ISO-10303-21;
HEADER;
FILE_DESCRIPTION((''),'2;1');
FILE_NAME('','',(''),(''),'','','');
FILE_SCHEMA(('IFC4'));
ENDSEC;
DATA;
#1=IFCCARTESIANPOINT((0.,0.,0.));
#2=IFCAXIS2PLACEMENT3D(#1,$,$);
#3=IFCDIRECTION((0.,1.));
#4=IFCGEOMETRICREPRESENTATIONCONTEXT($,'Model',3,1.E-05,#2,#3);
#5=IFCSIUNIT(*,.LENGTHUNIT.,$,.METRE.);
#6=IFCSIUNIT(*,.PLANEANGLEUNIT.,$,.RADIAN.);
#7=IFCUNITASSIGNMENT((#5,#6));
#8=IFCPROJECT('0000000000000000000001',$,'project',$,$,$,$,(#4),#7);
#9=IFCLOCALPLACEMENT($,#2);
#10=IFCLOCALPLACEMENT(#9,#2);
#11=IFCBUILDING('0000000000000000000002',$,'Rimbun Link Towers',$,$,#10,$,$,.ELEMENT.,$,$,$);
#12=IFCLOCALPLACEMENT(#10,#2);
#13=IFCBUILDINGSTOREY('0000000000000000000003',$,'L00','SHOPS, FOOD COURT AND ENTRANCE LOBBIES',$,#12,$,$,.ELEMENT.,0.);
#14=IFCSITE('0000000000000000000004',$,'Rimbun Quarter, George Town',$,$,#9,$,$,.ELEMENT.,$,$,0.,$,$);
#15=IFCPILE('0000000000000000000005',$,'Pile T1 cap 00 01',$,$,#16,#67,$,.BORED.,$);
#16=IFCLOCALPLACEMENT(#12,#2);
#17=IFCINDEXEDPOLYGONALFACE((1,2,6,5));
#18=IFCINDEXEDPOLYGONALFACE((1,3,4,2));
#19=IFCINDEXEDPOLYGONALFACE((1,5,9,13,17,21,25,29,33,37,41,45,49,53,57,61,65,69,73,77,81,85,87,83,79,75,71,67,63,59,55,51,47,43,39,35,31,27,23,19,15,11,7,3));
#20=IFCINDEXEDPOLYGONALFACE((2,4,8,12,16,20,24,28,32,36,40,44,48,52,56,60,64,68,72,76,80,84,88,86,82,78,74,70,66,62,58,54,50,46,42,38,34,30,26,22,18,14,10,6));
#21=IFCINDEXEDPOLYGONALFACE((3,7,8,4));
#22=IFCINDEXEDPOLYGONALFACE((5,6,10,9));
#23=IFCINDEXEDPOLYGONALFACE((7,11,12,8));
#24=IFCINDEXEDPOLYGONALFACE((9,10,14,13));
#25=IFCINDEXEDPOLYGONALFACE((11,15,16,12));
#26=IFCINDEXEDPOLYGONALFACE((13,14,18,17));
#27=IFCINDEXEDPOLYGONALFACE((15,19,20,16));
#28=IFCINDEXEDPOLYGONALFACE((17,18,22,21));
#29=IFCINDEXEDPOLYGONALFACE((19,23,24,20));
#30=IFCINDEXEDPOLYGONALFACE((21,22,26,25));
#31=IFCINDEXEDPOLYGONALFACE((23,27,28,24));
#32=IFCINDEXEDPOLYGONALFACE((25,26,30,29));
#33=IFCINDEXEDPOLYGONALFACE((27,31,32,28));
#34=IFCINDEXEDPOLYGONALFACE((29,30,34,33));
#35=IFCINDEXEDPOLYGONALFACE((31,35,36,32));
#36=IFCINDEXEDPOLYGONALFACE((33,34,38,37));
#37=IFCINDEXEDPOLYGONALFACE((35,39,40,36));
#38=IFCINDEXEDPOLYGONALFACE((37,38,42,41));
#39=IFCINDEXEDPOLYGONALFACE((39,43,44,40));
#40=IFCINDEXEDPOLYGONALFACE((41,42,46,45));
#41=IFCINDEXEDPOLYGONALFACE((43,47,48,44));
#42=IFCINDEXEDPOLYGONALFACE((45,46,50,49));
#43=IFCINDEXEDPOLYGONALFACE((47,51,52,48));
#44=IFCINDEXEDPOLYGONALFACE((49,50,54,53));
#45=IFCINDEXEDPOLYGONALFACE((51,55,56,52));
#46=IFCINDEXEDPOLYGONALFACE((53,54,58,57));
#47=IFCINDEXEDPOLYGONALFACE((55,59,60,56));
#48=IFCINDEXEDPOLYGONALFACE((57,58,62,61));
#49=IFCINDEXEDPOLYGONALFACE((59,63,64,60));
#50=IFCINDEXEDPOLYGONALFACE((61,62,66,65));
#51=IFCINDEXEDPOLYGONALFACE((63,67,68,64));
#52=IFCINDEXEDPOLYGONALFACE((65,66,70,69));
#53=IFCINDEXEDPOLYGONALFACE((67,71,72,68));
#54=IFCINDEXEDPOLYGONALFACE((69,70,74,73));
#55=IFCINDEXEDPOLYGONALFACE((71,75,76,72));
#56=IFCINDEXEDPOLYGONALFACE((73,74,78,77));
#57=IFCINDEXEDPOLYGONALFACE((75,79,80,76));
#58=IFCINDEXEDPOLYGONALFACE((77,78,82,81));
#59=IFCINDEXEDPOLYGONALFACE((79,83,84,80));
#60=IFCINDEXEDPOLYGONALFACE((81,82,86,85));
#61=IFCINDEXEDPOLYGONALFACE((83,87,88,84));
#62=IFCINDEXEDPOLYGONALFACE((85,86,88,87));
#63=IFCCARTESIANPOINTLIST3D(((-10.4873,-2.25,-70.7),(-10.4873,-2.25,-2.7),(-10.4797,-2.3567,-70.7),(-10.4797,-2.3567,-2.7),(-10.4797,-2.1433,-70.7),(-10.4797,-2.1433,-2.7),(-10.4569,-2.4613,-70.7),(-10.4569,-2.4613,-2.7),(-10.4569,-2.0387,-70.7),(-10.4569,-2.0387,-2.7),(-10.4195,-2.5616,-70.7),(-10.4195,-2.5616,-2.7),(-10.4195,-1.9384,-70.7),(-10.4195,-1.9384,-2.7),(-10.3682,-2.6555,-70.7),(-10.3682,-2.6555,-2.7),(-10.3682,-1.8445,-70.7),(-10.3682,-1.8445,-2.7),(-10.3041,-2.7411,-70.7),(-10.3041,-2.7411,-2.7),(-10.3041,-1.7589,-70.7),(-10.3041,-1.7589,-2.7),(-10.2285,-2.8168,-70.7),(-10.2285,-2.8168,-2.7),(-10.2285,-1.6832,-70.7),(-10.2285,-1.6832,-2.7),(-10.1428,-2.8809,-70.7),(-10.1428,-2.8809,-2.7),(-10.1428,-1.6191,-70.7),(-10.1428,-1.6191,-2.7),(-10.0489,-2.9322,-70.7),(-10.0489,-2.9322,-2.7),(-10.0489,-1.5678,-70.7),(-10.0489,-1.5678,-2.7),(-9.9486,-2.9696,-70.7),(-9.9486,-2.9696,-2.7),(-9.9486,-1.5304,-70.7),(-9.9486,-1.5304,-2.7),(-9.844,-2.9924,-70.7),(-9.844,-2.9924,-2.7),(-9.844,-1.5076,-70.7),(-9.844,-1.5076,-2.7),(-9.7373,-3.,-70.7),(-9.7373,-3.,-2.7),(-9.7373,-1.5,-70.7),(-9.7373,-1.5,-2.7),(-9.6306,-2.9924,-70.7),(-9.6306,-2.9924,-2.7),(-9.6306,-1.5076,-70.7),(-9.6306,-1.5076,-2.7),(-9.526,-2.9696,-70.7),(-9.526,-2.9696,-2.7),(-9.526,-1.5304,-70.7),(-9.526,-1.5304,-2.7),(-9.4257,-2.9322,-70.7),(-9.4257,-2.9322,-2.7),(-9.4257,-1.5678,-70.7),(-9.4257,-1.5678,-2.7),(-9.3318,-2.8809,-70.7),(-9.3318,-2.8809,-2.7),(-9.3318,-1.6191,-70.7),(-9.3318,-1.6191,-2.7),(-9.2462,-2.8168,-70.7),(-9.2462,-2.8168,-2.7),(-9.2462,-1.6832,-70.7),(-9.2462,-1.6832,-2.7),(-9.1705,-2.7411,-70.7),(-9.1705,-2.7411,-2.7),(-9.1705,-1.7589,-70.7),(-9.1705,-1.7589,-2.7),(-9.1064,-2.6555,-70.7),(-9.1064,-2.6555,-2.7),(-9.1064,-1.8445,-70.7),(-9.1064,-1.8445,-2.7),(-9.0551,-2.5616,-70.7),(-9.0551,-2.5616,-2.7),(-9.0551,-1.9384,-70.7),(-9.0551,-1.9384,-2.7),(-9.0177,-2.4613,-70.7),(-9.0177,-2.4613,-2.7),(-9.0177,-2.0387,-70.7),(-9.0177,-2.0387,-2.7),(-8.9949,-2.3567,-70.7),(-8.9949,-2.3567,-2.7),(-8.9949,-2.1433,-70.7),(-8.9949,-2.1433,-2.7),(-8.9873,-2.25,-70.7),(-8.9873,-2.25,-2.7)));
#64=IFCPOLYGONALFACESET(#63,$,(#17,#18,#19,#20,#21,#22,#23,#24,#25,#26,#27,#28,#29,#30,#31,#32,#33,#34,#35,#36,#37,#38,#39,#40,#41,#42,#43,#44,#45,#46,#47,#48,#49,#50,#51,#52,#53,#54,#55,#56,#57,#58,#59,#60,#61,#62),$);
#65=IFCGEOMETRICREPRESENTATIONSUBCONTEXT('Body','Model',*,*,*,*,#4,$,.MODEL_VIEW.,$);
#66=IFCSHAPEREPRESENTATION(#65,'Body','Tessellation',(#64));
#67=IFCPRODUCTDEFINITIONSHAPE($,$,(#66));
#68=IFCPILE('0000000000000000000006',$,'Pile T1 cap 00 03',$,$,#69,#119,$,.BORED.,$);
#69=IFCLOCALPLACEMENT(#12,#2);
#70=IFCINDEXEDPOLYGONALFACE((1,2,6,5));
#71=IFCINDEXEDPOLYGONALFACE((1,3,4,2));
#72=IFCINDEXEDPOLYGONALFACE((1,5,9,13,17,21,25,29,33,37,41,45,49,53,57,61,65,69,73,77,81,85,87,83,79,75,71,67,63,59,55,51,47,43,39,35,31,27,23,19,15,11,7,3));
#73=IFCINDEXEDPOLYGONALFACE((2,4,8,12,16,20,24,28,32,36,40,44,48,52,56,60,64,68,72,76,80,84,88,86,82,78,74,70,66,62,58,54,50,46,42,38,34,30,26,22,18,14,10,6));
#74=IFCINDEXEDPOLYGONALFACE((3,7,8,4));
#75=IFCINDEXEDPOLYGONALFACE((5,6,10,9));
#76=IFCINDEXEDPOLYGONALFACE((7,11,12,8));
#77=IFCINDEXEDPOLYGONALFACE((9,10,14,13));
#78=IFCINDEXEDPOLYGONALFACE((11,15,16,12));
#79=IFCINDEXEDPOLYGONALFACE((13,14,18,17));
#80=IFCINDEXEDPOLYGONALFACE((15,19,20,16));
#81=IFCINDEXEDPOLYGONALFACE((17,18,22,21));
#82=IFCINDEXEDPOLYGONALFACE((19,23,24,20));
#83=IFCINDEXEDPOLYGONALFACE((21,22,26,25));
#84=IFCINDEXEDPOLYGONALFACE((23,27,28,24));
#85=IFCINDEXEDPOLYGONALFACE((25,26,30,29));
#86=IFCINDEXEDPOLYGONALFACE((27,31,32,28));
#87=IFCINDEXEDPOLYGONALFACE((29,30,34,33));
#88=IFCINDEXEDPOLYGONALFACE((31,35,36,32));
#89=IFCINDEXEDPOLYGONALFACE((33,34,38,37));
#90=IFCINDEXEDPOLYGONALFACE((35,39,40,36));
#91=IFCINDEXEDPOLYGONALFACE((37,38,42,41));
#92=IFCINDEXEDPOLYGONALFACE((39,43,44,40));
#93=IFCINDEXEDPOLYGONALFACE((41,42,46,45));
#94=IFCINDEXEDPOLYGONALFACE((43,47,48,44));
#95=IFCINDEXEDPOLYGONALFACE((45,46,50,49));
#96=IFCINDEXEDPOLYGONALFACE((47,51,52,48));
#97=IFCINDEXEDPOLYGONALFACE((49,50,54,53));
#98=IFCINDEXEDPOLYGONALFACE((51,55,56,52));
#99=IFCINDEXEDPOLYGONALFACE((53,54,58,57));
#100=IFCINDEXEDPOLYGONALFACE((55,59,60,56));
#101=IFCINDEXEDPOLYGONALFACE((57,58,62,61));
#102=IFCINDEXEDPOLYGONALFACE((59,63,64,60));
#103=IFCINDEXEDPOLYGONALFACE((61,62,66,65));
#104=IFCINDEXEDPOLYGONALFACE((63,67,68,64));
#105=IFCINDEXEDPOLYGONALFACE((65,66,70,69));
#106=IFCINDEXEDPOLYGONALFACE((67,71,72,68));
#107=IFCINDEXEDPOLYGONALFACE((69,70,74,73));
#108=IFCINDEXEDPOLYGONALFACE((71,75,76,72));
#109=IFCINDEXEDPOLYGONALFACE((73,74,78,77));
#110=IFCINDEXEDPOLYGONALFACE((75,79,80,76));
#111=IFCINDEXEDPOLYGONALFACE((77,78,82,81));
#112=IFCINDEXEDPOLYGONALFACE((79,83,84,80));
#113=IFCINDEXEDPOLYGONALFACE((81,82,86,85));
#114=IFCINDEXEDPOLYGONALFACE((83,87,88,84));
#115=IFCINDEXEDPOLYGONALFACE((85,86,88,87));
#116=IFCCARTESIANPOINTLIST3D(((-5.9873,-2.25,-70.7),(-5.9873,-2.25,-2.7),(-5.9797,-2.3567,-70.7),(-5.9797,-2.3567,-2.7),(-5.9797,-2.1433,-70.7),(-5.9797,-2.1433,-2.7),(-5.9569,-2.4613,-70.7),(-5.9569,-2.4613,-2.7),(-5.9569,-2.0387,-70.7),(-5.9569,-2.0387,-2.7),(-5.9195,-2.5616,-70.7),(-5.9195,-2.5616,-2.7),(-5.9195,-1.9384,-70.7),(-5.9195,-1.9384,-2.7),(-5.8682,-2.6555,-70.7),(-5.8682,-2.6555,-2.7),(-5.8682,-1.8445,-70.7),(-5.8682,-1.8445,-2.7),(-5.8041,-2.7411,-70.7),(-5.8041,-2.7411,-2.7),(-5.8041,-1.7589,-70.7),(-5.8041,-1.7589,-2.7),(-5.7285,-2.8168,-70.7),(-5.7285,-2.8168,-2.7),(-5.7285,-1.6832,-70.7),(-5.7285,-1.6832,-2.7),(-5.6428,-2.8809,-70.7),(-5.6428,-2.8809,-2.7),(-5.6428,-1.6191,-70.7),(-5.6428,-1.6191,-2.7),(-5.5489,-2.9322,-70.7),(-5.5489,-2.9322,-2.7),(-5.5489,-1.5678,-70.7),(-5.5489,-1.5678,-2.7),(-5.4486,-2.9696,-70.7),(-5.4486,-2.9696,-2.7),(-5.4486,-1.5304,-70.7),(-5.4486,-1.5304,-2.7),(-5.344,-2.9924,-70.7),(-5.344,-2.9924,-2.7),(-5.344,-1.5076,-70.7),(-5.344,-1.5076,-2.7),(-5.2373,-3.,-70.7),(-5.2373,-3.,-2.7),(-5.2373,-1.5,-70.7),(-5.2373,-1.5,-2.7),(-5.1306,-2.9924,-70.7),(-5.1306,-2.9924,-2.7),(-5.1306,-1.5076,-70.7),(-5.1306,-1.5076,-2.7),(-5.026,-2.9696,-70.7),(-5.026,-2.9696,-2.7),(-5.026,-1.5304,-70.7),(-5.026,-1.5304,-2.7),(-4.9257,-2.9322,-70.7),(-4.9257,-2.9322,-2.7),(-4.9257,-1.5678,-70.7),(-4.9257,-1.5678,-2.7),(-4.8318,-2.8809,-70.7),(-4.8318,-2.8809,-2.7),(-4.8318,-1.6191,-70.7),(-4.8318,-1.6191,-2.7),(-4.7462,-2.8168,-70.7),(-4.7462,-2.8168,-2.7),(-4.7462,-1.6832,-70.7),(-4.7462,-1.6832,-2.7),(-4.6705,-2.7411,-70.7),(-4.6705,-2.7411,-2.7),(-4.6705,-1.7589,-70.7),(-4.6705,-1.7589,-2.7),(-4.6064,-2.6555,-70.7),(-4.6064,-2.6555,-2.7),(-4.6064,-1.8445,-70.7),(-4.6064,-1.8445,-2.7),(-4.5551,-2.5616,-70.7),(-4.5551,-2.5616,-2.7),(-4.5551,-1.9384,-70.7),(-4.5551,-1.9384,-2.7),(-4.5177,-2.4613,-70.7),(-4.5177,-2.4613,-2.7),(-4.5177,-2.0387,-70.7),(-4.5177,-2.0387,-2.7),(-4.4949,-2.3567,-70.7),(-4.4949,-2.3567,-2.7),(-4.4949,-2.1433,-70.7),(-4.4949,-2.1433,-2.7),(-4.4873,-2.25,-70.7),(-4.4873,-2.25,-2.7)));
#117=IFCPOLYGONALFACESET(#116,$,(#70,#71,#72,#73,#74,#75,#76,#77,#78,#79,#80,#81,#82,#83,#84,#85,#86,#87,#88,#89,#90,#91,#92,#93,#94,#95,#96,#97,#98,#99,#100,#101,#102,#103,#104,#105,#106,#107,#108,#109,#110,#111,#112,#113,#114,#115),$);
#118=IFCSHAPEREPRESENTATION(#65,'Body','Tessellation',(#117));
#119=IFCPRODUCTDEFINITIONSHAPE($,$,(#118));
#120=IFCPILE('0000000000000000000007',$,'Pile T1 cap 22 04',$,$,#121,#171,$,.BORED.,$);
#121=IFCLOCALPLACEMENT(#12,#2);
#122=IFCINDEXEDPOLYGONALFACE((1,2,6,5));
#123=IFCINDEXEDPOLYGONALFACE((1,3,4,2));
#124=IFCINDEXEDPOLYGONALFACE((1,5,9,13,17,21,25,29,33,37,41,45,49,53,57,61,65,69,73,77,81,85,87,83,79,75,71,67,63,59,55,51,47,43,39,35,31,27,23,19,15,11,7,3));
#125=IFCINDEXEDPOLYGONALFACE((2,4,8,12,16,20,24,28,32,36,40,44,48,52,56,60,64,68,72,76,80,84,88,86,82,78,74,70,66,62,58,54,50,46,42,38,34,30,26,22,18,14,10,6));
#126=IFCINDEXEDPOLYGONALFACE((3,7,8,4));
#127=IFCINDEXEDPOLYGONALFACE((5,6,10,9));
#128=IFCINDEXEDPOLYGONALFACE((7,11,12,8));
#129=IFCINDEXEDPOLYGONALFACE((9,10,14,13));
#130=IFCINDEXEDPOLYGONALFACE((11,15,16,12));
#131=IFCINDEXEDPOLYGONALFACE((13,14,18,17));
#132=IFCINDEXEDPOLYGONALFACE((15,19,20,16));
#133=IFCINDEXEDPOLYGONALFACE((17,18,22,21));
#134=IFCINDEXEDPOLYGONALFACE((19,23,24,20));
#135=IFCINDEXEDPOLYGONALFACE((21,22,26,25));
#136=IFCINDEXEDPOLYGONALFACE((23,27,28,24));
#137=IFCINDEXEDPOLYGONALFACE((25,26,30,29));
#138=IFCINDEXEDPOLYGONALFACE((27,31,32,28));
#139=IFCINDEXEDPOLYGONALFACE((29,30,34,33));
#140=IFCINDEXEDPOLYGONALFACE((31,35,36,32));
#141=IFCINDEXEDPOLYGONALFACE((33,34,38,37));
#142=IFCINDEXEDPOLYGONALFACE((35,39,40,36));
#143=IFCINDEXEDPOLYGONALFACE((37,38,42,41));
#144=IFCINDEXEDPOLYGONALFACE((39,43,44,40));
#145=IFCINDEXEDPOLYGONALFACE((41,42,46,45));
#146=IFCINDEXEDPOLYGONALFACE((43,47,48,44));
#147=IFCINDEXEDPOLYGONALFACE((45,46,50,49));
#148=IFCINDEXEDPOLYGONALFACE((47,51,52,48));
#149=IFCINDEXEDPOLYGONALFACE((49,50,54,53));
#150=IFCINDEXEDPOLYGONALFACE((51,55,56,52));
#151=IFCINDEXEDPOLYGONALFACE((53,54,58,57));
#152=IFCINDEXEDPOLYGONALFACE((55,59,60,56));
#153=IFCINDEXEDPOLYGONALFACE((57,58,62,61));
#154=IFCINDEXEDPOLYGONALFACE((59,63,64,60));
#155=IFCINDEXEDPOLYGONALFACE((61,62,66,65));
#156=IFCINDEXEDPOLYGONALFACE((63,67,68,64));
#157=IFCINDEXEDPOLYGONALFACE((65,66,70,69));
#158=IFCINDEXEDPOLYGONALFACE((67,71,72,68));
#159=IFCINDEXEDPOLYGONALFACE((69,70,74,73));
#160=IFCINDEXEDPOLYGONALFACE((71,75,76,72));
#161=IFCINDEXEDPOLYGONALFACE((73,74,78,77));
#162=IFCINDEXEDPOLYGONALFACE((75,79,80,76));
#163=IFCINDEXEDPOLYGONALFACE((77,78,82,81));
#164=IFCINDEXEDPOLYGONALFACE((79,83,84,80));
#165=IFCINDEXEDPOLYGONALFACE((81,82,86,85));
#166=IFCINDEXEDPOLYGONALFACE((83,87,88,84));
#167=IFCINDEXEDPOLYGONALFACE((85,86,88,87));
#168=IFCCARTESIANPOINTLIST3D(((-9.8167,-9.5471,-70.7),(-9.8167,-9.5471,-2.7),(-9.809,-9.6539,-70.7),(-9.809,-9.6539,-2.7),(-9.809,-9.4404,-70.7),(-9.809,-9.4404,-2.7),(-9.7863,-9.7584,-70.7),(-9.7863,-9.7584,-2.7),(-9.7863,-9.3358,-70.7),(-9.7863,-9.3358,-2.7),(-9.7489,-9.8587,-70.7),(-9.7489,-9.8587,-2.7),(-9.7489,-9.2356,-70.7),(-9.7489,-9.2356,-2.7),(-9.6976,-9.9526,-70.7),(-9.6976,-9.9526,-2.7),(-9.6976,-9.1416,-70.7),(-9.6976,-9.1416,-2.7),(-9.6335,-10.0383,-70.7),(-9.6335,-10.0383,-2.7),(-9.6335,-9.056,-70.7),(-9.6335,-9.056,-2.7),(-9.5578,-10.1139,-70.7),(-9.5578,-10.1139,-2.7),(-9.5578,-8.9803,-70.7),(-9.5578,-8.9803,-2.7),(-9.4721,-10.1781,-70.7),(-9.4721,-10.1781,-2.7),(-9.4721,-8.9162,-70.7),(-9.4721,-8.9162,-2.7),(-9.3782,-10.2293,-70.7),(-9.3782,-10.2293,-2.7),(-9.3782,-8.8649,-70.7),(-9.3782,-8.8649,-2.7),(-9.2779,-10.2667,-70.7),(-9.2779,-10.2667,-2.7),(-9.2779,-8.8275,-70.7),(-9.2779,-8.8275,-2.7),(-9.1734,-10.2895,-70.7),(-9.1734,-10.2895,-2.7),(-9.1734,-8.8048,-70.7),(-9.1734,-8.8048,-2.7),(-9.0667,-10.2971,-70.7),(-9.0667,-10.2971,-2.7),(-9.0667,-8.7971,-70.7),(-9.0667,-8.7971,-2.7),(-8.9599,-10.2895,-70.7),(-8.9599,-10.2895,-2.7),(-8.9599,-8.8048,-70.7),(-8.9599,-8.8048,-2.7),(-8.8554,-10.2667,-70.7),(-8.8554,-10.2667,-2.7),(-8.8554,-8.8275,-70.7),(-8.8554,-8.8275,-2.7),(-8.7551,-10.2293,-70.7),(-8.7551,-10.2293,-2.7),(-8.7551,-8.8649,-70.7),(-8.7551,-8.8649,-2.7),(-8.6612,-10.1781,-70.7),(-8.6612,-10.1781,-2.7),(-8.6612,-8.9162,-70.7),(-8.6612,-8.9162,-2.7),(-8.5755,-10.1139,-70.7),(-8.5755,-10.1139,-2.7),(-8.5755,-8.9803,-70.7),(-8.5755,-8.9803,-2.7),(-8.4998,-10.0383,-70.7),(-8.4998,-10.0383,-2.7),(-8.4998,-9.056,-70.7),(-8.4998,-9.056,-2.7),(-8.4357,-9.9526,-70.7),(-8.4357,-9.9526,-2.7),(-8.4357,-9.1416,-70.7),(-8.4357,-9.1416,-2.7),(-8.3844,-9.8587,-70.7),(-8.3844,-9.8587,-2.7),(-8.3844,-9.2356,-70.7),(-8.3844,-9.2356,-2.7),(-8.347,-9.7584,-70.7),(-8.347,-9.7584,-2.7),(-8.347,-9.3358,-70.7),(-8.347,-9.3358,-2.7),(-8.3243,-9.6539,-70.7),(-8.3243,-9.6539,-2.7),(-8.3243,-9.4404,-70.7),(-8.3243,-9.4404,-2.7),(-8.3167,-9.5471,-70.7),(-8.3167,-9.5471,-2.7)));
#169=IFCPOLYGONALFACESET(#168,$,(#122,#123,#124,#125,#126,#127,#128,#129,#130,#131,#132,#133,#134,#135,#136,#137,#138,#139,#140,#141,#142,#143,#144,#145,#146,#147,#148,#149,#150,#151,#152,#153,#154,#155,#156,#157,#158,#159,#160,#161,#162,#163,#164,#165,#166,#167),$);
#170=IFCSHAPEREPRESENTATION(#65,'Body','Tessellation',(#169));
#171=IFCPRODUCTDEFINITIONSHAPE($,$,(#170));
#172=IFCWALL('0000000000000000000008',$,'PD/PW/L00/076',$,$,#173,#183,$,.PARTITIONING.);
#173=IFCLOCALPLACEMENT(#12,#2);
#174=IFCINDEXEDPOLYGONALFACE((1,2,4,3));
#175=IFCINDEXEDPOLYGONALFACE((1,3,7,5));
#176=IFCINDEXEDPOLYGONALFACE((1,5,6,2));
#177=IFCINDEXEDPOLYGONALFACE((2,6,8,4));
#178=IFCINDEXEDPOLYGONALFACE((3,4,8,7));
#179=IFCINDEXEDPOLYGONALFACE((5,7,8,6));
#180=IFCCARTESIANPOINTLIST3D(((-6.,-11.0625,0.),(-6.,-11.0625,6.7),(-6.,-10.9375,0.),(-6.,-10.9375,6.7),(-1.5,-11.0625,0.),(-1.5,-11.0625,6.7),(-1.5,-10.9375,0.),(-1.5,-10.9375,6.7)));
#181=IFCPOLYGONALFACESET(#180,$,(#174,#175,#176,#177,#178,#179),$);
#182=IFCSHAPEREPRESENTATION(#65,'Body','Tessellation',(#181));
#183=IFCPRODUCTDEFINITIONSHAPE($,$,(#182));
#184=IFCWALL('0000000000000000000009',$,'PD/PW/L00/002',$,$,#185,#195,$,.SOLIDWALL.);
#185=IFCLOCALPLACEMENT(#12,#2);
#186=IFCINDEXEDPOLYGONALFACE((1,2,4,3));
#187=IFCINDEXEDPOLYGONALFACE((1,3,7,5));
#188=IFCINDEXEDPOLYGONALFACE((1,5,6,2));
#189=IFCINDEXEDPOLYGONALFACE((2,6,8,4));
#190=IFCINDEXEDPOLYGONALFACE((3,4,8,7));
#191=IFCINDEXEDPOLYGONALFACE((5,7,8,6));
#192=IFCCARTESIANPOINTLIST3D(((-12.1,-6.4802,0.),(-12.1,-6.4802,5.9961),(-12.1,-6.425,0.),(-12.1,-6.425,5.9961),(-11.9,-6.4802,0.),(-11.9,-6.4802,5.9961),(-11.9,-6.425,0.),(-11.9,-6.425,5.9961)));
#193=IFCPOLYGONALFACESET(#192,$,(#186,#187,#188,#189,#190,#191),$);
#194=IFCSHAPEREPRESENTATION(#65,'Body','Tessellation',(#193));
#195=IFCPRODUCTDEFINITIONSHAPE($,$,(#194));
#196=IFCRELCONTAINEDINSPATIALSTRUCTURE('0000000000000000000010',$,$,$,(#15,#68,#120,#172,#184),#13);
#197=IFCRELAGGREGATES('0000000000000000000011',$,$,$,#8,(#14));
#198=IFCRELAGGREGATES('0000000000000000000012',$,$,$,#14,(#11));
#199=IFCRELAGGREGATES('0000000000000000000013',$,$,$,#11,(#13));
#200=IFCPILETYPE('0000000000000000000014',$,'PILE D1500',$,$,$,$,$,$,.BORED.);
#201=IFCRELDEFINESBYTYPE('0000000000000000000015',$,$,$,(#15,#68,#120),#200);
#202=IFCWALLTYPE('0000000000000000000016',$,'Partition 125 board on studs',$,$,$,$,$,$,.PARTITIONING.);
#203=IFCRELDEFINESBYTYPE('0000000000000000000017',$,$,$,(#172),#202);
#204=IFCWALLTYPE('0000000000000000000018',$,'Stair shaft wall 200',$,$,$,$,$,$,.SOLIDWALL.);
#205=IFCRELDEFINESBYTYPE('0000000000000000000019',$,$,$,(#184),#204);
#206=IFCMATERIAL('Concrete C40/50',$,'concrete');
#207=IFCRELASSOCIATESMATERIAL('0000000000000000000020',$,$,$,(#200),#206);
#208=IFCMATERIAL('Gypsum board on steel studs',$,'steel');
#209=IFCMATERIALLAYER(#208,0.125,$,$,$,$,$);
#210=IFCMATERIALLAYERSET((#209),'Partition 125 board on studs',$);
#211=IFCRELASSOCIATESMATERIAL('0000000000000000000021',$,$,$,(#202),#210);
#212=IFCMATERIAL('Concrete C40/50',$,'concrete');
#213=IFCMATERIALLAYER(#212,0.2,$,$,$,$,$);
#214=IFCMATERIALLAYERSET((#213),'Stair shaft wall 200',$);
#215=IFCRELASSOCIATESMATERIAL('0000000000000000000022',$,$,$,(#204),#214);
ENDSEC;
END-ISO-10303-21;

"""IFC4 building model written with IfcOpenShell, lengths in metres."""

from ifc_helpers import new_model, si_unit, direction, frame, frame_2d, origin, origin_2d, place, context, subcontext, project, spatial, rectangle, circle, extrude, material, layer, layer_set, material_profile, profile_set, type_object, element, save


model = new_model("IFC4")

# Units and contexts
model_context = context("Model", 3, precision=1e-05, world=origin(), true_north=direction((0.0, 1.0)))
body_context = subcontext(model_context, "Body", "Model", "MODEL_VIEW")
ifc_project = project(units=[si_unit("LENGTHUNIT", "METRE"), si_unit("PLANEANGLEUNIT", "RADIAN")], contexts=[model_context])

# Site, building, storey
site_placement = place(None, origin())
site = spatial("IfcSite", under=ifc_project, at=site_placement, Name="Rimbun Quarter, George Town", CompositionType="ELEMENT", RefElevation=0.0)
building_placement = place(site_placement, origin())
building = spatial("IfcBuilding", under=site, at=building_placement, Name="Rimbun Link Towers", CompositionType="ELEMENT")
storey_placement = place(building_placement, origin())
storey = spatial("IfcBuildingStorey", under=building, at=storey_placement, Name="L00", Description="SHOPS, FOOD COURT AND ENTRANCE LOBBIES", CompositionType="ELEMENT", Elevation=0.0)

# Piles
ifc_material_1 = material(Name="Concrete C40/50", Category="concrete")
ifc_material_profile = material_profile(ifc_material_1, circle(Radius=0.75, at=origin_2d()), Name="PILE D1500")
ifc_profile_set = profile_set([ifc_material_profile], Name="Concrete C40/50")
pile_type = type_object("IfcPileType", Name="PILE D1500", PredefinedType="BORED", material=ifc_profile_set)
for number, where, z_axis, x_axis, name in (
    (1, (-9.7373, -2.25, -2.7), (0.0, 0.0, -1.0), (1.0, 0.0, 0.0), "Pile T1 cap 00 01"),
    (2, (-5.2373, -2.25, -2.7), (0.0, 0.0, -1.0), (1.0, 0.0, 0.0), "Pile T1 cap 00 03"),
    (3, (-9.0667, -9.5471, -2.7), (0.0, 0.0, -1.0), (1.0, 0.0, 0.0), "Pile T1 cap 22 04"),
):
    element("IfcPile", number, at=place(storey_placement, frame(where, z_axis=z_axis, x_axis=x_axis)), inside=storey, type_object=pile_type, Name=name, PredefinedType="BORED", context=body_context, shape_type="SweptSolid", body=[
        extrude(circle(Radius=0.75, at=origin_2d()), origin(), (0.0, 0.0, 1.0), 68.0),
    ])

# Walls
ifc_material_2 = material(Name="Gypsum board on steel studs", Category="steel")
ifc_layer_1 = layer(ifc_material_2, 0.125)
ifc_layer_set_1 = layer_set([ifc_layer_1], Name="Partition 125 board on studs")
wall_type_1 = type_object("IfcWallType", Name="Partition 125 board on studs", PredefinedType="PARTITIONING", material=ifc_layer_set_1)
wall_1_placement = place(storey_placement, frame((-6.0, -11.0, 0.0), z_axis=(0.0, 0.0, 1.0), x_axis=(1.0, 0.0, 0.0)))
element("IfcWall", 4, at=wall_1_placement, inside=storey, type_object=wall_type_1, Name="PD/PW/L00/076", PredefinedType="PARTITIONING", context=body_context, shape_type="SweptSolid", body=[
    extrude(rectangle(XDim=4.5, YDim=0.125, at=frame_2d((2.25, 0.0))), origin(), (0.0, 0.0, 1.0), 6.7),
])
ifc_material_3 = material(Name="Concrete C40/50", Category="concrete")
ifc_layer_2 = layer(ifc_material_3, 0.2)
ifc_layer_set_2 = layer_set([ifc_layer_2], Name="Stair shaft wall 200")
wall_type_2 = type_object("IfcWallType", Name="Stair shaft wall 200", PredefinedType="SOLIDWALL", material=ifc_layer_set_2)
wall_2_placement = place(storey_placement, frame((-12.0, -6.425, 0.0), z_axis=(0.0, 0.0, 1.0), x_axis=(0.0, -1.0, 0.0)))
element("IfcWall", 5, at=wall_2_placement, inside=storey, type_object=wall_type_2, Name="PD/PW/L00/002", PredefinedType="SOLIDWALL", context=body_context, shape_type="SweptSolid", body=[
    extrude(rectangle(XDim=0.0552, YDim=0.2, at=frame_2d((0.0276, 0.0))), origin(), (0.0, 0.0, 1.0), 5.9961),
])

save(model, "model.ifc")
